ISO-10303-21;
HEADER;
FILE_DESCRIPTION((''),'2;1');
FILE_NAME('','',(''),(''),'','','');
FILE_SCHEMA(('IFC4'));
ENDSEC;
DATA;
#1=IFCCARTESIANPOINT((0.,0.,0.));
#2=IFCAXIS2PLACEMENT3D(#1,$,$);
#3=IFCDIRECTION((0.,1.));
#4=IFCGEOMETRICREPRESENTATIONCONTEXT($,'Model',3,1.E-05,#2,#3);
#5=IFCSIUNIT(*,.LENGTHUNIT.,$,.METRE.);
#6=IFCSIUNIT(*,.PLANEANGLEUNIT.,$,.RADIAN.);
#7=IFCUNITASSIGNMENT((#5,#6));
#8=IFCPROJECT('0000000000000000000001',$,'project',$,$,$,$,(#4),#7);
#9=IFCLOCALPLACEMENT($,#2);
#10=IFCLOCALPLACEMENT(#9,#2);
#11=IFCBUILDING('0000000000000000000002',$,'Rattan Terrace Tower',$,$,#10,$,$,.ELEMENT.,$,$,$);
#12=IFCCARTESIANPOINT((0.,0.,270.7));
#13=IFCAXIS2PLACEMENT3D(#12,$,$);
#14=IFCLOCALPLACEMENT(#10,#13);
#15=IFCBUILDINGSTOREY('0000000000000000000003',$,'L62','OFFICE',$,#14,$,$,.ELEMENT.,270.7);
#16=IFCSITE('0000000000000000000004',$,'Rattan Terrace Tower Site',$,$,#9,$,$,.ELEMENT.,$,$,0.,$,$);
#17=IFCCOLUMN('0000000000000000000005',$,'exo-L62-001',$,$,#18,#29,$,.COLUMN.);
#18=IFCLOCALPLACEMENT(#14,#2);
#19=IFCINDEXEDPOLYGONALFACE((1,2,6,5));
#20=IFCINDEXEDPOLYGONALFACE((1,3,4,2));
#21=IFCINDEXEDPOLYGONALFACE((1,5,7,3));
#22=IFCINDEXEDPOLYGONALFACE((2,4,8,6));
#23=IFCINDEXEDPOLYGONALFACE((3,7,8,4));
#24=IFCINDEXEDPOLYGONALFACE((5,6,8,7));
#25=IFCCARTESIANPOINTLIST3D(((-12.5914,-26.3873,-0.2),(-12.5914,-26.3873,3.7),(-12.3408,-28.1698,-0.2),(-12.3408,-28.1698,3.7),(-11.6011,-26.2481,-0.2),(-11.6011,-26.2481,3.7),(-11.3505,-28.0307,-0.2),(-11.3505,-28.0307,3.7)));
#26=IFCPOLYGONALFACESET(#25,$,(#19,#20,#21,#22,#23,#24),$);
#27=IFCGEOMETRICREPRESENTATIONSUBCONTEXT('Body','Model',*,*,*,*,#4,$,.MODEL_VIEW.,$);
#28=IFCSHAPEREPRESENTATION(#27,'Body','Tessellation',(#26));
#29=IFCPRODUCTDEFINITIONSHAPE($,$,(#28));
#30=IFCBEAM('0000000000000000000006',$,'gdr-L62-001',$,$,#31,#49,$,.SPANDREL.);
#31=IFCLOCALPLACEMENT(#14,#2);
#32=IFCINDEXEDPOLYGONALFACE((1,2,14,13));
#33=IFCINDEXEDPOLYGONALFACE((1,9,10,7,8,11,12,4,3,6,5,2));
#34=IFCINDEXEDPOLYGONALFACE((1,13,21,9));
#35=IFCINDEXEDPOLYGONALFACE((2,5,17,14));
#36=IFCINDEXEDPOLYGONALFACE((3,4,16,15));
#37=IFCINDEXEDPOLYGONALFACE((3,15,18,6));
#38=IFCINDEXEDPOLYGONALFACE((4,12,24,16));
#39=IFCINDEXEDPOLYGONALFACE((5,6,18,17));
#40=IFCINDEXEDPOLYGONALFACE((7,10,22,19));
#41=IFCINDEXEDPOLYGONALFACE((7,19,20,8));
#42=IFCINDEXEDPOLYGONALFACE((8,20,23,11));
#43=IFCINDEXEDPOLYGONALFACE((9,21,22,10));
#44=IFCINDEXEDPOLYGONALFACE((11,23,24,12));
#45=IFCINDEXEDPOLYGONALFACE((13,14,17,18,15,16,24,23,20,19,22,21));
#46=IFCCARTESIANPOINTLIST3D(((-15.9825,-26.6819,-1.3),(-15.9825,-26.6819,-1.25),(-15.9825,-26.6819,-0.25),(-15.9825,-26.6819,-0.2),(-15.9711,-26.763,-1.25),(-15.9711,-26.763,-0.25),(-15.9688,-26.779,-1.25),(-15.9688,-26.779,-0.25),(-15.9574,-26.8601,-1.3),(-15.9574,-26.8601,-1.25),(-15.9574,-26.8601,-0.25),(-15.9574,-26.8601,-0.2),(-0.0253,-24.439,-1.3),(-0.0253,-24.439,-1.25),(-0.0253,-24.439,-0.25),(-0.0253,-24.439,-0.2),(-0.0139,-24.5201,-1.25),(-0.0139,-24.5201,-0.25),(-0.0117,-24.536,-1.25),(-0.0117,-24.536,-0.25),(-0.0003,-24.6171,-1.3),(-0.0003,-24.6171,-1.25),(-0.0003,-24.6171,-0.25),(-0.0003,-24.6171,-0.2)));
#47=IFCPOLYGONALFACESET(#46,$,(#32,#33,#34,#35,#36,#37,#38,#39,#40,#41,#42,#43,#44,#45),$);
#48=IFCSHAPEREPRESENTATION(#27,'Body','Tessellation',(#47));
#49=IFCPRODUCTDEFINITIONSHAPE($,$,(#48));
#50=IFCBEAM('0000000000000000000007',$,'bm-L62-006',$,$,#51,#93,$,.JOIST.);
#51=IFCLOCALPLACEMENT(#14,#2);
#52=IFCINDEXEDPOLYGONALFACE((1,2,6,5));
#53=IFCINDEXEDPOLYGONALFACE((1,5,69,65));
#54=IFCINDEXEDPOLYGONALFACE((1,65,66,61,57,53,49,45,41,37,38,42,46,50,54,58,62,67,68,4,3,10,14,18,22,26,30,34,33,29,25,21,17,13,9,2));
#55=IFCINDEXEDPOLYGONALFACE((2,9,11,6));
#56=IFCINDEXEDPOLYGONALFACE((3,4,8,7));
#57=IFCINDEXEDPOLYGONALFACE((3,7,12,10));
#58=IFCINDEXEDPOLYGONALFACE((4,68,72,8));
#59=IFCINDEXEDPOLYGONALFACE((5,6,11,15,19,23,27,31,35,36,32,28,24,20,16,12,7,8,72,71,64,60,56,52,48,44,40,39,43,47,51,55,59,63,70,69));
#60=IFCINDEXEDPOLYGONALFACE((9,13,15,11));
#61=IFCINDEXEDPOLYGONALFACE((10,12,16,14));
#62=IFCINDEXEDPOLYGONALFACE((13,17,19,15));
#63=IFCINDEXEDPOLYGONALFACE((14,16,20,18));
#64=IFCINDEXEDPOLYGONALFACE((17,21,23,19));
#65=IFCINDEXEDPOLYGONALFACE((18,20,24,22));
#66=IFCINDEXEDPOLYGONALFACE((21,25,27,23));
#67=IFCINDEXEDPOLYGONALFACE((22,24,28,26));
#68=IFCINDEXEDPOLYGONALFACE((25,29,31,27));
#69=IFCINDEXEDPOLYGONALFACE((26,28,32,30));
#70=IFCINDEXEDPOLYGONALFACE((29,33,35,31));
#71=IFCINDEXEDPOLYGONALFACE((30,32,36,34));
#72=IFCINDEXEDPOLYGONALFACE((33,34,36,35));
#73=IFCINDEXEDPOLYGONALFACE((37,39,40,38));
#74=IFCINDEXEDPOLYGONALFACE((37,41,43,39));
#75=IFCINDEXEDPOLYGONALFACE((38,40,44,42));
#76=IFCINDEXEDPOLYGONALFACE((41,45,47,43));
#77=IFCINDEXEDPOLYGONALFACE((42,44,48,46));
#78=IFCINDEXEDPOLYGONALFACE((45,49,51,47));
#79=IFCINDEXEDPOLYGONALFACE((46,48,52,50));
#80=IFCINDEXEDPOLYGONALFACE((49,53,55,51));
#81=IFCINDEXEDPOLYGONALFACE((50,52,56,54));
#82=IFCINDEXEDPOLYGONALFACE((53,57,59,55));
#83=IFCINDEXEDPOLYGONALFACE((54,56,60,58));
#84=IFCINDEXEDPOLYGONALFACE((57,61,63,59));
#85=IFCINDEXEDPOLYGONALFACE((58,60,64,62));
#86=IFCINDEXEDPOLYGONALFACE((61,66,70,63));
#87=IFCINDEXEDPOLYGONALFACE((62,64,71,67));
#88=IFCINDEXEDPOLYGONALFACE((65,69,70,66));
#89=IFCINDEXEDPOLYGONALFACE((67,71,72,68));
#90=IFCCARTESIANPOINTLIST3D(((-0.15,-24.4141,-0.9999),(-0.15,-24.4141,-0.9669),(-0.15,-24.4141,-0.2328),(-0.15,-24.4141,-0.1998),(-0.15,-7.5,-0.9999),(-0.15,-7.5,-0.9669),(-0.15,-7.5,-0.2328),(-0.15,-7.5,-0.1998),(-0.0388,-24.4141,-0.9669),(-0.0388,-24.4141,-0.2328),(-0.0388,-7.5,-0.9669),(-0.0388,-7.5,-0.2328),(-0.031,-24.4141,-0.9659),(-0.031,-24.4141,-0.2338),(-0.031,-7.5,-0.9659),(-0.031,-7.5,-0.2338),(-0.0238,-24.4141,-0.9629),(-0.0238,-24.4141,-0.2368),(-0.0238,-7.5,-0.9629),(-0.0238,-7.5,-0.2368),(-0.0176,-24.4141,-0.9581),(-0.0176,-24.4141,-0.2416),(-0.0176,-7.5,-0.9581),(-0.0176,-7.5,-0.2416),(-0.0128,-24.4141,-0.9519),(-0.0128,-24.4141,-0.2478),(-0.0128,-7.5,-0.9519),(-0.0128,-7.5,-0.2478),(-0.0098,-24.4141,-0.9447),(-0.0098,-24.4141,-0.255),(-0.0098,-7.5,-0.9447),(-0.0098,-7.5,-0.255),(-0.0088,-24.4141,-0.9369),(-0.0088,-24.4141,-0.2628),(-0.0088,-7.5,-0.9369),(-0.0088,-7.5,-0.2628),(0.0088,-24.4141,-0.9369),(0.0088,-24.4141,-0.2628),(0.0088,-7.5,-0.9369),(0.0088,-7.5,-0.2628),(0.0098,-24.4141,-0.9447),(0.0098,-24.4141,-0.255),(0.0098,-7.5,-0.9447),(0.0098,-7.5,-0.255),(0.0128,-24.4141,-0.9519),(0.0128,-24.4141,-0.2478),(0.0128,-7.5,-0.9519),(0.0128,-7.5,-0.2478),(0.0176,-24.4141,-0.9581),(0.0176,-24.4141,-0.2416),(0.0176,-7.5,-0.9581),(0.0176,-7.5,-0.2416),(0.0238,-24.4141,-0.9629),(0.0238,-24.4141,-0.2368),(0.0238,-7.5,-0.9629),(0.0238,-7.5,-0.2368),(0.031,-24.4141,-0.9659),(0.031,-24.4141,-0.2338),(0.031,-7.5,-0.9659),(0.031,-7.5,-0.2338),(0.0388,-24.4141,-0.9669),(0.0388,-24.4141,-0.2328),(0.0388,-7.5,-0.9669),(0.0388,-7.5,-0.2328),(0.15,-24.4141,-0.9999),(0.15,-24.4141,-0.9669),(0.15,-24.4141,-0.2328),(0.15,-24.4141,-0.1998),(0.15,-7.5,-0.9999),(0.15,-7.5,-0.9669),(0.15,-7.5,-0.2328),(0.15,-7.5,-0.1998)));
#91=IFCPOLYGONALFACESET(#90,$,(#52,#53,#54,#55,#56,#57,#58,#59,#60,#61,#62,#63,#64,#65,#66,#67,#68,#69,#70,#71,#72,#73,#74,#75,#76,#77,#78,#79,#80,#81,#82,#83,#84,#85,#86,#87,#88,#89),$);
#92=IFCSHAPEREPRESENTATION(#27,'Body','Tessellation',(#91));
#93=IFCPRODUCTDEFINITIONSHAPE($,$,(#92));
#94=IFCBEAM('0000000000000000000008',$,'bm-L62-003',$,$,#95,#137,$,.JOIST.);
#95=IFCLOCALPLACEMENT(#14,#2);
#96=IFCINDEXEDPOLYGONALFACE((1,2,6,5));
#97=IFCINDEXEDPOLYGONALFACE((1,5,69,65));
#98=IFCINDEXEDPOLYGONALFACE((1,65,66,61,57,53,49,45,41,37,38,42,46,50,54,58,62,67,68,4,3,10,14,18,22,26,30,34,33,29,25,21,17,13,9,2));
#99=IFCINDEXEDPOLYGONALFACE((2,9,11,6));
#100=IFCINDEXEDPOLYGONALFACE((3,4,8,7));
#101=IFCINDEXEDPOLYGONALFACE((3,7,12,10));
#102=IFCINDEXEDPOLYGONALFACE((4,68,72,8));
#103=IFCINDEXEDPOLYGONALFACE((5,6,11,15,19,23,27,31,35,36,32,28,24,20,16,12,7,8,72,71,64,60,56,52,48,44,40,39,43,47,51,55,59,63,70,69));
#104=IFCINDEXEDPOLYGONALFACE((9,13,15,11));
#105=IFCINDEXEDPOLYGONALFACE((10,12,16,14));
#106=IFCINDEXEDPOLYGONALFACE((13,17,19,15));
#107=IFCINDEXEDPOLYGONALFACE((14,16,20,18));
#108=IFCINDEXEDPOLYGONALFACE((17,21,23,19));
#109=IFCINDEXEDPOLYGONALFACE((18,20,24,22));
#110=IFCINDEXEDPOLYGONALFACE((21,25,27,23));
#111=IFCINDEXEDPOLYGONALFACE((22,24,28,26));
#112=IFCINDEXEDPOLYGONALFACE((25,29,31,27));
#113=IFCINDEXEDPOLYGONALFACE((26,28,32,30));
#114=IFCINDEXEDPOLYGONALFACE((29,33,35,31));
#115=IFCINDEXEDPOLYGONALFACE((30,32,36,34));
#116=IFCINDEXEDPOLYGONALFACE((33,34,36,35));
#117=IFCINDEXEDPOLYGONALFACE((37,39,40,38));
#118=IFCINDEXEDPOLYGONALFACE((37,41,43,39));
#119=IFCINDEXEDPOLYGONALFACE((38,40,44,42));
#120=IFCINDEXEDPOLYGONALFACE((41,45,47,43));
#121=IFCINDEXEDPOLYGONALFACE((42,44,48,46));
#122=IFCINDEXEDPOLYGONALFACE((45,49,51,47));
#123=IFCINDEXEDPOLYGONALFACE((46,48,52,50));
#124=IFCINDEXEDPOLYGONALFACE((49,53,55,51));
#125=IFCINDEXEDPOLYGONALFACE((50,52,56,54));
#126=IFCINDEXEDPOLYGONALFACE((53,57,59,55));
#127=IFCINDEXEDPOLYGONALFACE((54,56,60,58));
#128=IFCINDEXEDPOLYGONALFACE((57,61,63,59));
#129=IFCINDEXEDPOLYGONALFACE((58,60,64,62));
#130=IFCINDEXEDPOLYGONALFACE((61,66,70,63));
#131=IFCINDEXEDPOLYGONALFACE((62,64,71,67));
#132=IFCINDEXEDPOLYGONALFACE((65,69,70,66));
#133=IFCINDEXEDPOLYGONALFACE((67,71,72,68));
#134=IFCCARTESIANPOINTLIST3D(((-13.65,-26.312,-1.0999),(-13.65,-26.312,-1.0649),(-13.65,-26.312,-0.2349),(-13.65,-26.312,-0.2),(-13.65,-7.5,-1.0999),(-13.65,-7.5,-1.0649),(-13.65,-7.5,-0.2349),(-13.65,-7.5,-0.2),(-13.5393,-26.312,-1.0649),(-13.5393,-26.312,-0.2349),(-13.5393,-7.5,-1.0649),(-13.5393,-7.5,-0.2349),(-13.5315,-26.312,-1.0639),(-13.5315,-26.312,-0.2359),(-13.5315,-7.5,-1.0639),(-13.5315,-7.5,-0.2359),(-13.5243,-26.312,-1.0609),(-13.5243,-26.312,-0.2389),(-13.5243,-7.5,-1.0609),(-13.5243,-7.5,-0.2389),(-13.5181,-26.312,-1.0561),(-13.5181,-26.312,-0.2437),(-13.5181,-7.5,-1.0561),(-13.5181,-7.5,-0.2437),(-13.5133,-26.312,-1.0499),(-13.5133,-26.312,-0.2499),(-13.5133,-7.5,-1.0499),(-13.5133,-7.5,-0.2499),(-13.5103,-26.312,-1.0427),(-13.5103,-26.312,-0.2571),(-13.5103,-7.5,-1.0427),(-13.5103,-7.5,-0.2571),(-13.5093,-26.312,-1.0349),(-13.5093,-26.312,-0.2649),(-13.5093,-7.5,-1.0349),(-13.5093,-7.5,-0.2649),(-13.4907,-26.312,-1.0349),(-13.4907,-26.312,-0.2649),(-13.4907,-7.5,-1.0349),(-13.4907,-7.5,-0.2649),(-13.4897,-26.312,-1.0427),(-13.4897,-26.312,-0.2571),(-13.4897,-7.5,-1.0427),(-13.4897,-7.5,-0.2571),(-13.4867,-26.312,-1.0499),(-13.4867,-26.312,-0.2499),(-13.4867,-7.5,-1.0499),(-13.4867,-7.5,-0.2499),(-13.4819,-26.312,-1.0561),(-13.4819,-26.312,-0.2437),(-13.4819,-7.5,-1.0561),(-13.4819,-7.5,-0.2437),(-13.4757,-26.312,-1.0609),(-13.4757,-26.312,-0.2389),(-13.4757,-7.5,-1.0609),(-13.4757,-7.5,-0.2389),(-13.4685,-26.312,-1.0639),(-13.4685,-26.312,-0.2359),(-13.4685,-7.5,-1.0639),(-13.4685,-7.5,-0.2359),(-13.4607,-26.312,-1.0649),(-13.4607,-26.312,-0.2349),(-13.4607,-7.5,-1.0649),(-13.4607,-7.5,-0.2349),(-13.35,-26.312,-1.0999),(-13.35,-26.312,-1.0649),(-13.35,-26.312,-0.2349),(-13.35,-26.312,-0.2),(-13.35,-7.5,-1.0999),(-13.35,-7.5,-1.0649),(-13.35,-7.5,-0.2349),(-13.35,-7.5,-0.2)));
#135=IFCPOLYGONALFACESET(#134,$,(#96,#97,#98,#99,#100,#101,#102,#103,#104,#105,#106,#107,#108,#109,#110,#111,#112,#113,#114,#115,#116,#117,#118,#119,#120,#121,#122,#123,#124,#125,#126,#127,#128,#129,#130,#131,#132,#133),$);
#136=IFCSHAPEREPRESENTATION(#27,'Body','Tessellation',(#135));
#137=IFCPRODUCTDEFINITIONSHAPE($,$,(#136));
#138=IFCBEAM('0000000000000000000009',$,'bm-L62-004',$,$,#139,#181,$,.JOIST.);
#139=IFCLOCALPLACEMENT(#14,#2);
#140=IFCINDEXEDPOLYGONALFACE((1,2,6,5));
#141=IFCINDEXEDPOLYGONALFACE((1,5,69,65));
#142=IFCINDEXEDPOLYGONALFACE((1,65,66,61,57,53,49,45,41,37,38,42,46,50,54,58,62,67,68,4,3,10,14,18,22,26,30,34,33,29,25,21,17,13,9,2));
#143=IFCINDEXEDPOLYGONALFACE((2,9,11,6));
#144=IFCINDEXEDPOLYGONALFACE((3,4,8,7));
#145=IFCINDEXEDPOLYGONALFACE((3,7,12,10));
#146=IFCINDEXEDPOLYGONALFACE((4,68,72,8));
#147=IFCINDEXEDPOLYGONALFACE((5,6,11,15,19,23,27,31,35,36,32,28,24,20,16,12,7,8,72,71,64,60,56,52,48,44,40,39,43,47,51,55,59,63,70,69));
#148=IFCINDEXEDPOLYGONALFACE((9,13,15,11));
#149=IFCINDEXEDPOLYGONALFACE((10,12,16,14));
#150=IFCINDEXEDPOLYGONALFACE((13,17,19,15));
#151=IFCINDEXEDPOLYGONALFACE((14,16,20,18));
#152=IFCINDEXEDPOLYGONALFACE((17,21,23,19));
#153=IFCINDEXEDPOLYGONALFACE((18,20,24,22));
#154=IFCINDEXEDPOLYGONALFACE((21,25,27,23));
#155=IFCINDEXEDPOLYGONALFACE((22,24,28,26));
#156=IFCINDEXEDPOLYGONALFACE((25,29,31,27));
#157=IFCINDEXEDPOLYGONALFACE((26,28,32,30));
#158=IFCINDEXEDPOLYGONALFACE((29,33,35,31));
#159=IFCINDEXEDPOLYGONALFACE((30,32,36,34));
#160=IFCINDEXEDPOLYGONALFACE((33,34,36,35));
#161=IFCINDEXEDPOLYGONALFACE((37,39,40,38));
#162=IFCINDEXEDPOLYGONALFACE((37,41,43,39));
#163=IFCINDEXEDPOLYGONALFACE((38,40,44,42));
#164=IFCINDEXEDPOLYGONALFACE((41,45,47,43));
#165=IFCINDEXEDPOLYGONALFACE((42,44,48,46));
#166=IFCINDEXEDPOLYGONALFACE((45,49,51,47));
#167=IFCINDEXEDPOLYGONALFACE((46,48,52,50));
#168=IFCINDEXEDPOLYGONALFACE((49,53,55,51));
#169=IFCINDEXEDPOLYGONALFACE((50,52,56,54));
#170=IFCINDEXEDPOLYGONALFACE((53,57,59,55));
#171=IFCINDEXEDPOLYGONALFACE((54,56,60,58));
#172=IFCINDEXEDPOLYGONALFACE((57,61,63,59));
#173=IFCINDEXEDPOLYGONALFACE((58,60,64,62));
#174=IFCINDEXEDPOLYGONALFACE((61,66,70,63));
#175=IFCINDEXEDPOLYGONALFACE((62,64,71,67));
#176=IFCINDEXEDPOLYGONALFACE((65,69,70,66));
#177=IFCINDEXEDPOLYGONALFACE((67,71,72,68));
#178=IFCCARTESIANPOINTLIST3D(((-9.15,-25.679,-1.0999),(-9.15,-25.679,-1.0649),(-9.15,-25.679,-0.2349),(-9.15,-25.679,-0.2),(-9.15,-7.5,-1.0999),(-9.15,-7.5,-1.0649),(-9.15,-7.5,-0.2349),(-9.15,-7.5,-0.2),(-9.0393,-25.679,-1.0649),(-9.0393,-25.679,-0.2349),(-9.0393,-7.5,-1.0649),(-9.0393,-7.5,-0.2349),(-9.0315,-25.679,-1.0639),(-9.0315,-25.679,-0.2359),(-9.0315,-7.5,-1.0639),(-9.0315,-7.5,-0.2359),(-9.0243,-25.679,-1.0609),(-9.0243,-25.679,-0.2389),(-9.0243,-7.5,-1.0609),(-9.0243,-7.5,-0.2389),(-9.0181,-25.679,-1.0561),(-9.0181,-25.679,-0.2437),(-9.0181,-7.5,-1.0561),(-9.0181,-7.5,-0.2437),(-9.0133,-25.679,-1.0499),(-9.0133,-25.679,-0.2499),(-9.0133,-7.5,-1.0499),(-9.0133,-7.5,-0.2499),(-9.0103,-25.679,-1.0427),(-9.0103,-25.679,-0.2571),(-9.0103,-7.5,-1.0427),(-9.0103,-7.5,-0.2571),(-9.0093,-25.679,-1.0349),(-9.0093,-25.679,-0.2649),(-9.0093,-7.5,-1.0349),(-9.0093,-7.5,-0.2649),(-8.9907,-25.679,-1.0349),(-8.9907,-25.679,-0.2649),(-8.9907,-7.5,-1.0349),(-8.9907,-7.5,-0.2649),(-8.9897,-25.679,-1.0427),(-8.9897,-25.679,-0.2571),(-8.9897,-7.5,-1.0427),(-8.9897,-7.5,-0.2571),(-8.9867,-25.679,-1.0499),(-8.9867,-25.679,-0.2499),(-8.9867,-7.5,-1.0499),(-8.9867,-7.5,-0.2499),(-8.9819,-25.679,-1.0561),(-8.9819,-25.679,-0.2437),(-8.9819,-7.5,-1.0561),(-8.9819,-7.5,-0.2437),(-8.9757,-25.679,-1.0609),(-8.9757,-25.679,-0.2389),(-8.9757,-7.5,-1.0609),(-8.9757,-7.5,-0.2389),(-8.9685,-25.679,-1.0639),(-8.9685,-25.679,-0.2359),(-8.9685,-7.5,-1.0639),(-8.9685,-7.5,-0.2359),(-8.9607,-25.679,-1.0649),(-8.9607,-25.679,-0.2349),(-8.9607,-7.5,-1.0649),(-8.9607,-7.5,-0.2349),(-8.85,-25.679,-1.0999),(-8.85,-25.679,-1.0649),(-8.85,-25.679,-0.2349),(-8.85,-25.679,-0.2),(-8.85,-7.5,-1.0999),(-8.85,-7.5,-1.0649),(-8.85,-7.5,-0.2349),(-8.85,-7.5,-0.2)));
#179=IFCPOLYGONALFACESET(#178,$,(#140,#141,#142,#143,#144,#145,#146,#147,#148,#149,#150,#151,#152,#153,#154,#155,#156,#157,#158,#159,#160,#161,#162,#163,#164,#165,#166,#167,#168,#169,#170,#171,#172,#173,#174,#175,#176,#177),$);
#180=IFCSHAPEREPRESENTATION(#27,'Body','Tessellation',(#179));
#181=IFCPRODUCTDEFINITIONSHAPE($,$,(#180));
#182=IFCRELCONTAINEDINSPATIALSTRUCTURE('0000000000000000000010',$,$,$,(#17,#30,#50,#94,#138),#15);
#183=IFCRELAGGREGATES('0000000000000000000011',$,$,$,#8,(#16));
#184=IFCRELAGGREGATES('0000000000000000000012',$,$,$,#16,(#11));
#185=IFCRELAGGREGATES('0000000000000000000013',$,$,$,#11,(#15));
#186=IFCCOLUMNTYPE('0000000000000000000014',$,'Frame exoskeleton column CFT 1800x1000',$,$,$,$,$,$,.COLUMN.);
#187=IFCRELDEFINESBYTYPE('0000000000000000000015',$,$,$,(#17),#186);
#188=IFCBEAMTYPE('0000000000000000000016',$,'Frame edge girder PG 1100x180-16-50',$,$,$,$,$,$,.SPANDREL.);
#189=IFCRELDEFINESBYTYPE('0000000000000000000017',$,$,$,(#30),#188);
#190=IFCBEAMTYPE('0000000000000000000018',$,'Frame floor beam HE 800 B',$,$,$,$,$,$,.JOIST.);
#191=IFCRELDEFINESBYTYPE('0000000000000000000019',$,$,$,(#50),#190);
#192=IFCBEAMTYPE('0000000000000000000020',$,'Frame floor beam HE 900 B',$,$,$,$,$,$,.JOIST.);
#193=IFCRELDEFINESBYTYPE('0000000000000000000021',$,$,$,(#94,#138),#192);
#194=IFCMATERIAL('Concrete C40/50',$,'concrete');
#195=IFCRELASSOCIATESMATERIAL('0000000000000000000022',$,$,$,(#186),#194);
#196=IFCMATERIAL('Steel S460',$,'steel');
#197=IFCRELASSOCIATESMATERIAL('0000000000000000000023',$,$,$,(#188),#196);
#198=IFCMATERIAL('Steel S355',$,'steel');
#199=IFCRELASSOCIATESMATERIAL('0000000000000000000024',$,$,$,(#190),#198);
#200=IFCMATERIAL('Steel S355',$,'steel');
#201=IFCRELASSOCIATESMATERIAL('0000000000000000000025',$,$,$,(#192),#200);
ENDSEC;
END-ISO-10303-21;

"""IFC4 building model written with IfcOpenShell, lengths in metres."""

from ifc_helpers import new_model, si_unit, direction, frame, origin, origin_2d, place, context, subcontext, project, spatial, rectangle, i_section, extrude, material, material_profile, profile_set, type_object, element, save


model = new_model("IFC4")

# Units and contexts
model_context = context("Model", 3, precision=1e-05, world=origin(), true_north=direction((0.0, 1.0)))
body_context = subcontext(model_context, "Body", "Model", "MODEL_VIEW")
ifc_project = project(units=[si_unit("LENGTHUNIT", "METRE"), si_unit("PLANEANGLEUNIT", "RADIAN")], contexts=[model_context])

# Site, building, storey
site_placement = place(None, origin())
site = spatial("IfcSite", under=ifc_project, at=site_placement, Name="Rattan Terrace Tower Site", CompositionType="ELEMENT", RefElevation=0.0)
building_placement = place(site_placement, origin())
building = spatial("IfcBuilding", under=site, at=building_placement, Name="Rattan Terrace Tower", CompositionType="ELEMENT")
storey_placement = place(building_placement, frame((0.0, 0.0, 270.7)))
storey = spatial("IfcBuildingStorey", under=building, at=storey_placement, Name="L62", Description="OFFICE", CompositionType="ELEMENT", Elevation=270.7)

# Column
ifc_material_1 = material(Name="Concrete C40/50", Category="concrete")
ifc_material_profile_1 = material_profile(ifc_material_1, rectangle(XDim=1.0, YDim=1.8, at=origin_2d()), Name="CFT 1800x1000")
ifc_profile_set_1 = profile_set([ifc_material_profile_1], Name="Concrete C40/50")
column_type = type_object("IfcColumnType", Name="Frame exoskeleton column CFT 1800x1000", PredefinedType="COLUMN", material=ifc_profile_set_1)
column_placement = place(storey_placement, frame((-11.9709, -27.209, -0.2), z_axis=(0.0, 0.0, 1.0), x_axis=(0.990266, 0.13919, 0.0)))
element("IfcColumn", 1, at=column_placement, inside=storey, type_object=column_type, Name="exo-L62-001", PredefinedType="COLUMN", context=body_context, shape_type="SweptSolid", body=[
    extrude(rectangle(XDim=1.0, YDim=1.8, at=origin_2d()), origin(), (0.0, 0.0, 1.0), 3.8999),
])

# Beams
ifc_material_2 = material(Name="Steel S460", Category="steel")
ifc_material_profile_2 = material_profile(ifc_material_2, i_section(OverallWidth=0.1799, OverallDepth=1.1001, WebThickness=0.0161, FlangeThickness=0.05, at=origin_2d()), Name="PG 1100x180-16-50")
ifc_profile_set_2 = profile_set([ifc_material_profile_2], Name="Steel S460")
beam_type_1 = type_object("IfcBeamType", Name="Frame edge girder PG 1100x180-16-50", PredefinedType="SPANDREL", material=ifc_profile_set_2)
beam_1_placement = place(storey_placement, frame((-15.97, -26.771, -0.75), z_axis=(0.990265, 0.139192, 0.0), x_axis=(-0.139192, 0.990265, 0.0)))
element("IfcBeam", 2, at=beam_1_placement, inside=storey, type_object=beam_type_1, Name="gdr-L62-001", PredefinedType="SPANDREL", context=body_context, shape_type="SweptSolid", body=[
    extrude(i_section(OverallWidth=0.1799, OverallDepth=1.1001, WebThickness=0.0161, FlangeThickness=0.05, at=origin_2d()), origin(), (0.0, 0.0, 1.0), 16.114),
])
ifc_material_3 = material(Name="Steel S355", Category="steel")
ifc_material_profile_3 = material_profile(ifc_material_3, i_section(OverallWidth=0.3, OverallDepth=0.8, WebThickness=0.0176, FlangeThickness=0.033, FilletRadius=0.03, at=origin_2d()), Name="HE 800 B")
ifc_profile_set_3 = profile_set([ifc_material_profile_3], Name="Steel S355")
beam_type_2 = type_object("IfcBeamType", Name="Frame floor beam HE 800 B", PredefinedType="JOIST", material=ifc_profile_set_3)
beam_2_placement = place(storey_placement, frame((0.0, -24.4141, -0.5999), z_axis=(0.0, 1.0, 0.0), x_axis=(-1.0, 0.0, 0.0)))
element("IfcBeam", 3, at=beam_2_placement, inside=storey, type_object=beam_type_2, Name="bm-L62-006", PredefinedType="JOIST", context=body_context, shape_type="SweptSolid", body=[
    extrude(i_section(OverallWidth=0.3, OverallDepth=0.8, WebThickness=0.0176, FlangeThickness=0.033, FilletRadius=0.03, at=origin_2d()), origin(), (0.0, 0.0, 1.0), 16.9141),
])
ifc_material_4 = material(Name="Steel S355", Category="steel")
ifc_material_profile_4 = material_profile(ifc_material_4, i_section(OverallWidth=0.3, OverallDepth=0.8999, WebThickness=0.0186, FlangeThickness=0.0349, FilletRadius=0.03, at=origin_2d()), Name="HE 900 B")
ifc_profile_set_4 = profile_set([ifc_material_profile_4], Name="Steel S355")
beam_type_3 = type_object("IfcBeamType", Name="Frame floor beam HE 900 B", PredefinedType="JOIST", material=ifc_profile_set_4)
beam_3_placement = place(storey_placement, frame((-13.5, -26.312, -0.6499), z_axis=(0.0, 1.0, 0.0), x_axis=(-1.0, 0.0, 0.0)))
element("IfcBeam", 4, at=beam_3_placement, inside=storey, type_object=beam_type_3, Name="bm-L62-003", PredefinedType="JOIST", context=body_context, shape_type="SweptSolid", body=[
    extrude(i_section(OverallWidth=0.3, OverallDepth=0.8999, WebThickness=0.0186, FlangeThickness=0.0349, FilletRadius=0.03, at=origin_2d()), origin(), (0.0, 0.0, 1.0), 18.812),
])
beam_4_placement = place(storey_placement, frame((-9.0, -25.679, -0.6499), z_axis=(0.0, 1.0, 0.0), x_axis=(-1.0, 0.0, 0.0)))
element("IfcBeam", 5, at=beam_4_placement, inside=storey, type_object=beam_type_3, Name="bm-L62-004", PredefinedType="JOIST", context=body_context, shape_type="SweptSolid", body=[
    extrude(i_section(OverallWidth=0.3, OverallDepth=0.8999, WebThickness=0.0186, FlangeThickness=0.0349, FilletRadius=0.03, at=origin_2d()), origin(), (0.0, 0.0, 1.0), 18.179),
])

save(model, "model.ifc")
